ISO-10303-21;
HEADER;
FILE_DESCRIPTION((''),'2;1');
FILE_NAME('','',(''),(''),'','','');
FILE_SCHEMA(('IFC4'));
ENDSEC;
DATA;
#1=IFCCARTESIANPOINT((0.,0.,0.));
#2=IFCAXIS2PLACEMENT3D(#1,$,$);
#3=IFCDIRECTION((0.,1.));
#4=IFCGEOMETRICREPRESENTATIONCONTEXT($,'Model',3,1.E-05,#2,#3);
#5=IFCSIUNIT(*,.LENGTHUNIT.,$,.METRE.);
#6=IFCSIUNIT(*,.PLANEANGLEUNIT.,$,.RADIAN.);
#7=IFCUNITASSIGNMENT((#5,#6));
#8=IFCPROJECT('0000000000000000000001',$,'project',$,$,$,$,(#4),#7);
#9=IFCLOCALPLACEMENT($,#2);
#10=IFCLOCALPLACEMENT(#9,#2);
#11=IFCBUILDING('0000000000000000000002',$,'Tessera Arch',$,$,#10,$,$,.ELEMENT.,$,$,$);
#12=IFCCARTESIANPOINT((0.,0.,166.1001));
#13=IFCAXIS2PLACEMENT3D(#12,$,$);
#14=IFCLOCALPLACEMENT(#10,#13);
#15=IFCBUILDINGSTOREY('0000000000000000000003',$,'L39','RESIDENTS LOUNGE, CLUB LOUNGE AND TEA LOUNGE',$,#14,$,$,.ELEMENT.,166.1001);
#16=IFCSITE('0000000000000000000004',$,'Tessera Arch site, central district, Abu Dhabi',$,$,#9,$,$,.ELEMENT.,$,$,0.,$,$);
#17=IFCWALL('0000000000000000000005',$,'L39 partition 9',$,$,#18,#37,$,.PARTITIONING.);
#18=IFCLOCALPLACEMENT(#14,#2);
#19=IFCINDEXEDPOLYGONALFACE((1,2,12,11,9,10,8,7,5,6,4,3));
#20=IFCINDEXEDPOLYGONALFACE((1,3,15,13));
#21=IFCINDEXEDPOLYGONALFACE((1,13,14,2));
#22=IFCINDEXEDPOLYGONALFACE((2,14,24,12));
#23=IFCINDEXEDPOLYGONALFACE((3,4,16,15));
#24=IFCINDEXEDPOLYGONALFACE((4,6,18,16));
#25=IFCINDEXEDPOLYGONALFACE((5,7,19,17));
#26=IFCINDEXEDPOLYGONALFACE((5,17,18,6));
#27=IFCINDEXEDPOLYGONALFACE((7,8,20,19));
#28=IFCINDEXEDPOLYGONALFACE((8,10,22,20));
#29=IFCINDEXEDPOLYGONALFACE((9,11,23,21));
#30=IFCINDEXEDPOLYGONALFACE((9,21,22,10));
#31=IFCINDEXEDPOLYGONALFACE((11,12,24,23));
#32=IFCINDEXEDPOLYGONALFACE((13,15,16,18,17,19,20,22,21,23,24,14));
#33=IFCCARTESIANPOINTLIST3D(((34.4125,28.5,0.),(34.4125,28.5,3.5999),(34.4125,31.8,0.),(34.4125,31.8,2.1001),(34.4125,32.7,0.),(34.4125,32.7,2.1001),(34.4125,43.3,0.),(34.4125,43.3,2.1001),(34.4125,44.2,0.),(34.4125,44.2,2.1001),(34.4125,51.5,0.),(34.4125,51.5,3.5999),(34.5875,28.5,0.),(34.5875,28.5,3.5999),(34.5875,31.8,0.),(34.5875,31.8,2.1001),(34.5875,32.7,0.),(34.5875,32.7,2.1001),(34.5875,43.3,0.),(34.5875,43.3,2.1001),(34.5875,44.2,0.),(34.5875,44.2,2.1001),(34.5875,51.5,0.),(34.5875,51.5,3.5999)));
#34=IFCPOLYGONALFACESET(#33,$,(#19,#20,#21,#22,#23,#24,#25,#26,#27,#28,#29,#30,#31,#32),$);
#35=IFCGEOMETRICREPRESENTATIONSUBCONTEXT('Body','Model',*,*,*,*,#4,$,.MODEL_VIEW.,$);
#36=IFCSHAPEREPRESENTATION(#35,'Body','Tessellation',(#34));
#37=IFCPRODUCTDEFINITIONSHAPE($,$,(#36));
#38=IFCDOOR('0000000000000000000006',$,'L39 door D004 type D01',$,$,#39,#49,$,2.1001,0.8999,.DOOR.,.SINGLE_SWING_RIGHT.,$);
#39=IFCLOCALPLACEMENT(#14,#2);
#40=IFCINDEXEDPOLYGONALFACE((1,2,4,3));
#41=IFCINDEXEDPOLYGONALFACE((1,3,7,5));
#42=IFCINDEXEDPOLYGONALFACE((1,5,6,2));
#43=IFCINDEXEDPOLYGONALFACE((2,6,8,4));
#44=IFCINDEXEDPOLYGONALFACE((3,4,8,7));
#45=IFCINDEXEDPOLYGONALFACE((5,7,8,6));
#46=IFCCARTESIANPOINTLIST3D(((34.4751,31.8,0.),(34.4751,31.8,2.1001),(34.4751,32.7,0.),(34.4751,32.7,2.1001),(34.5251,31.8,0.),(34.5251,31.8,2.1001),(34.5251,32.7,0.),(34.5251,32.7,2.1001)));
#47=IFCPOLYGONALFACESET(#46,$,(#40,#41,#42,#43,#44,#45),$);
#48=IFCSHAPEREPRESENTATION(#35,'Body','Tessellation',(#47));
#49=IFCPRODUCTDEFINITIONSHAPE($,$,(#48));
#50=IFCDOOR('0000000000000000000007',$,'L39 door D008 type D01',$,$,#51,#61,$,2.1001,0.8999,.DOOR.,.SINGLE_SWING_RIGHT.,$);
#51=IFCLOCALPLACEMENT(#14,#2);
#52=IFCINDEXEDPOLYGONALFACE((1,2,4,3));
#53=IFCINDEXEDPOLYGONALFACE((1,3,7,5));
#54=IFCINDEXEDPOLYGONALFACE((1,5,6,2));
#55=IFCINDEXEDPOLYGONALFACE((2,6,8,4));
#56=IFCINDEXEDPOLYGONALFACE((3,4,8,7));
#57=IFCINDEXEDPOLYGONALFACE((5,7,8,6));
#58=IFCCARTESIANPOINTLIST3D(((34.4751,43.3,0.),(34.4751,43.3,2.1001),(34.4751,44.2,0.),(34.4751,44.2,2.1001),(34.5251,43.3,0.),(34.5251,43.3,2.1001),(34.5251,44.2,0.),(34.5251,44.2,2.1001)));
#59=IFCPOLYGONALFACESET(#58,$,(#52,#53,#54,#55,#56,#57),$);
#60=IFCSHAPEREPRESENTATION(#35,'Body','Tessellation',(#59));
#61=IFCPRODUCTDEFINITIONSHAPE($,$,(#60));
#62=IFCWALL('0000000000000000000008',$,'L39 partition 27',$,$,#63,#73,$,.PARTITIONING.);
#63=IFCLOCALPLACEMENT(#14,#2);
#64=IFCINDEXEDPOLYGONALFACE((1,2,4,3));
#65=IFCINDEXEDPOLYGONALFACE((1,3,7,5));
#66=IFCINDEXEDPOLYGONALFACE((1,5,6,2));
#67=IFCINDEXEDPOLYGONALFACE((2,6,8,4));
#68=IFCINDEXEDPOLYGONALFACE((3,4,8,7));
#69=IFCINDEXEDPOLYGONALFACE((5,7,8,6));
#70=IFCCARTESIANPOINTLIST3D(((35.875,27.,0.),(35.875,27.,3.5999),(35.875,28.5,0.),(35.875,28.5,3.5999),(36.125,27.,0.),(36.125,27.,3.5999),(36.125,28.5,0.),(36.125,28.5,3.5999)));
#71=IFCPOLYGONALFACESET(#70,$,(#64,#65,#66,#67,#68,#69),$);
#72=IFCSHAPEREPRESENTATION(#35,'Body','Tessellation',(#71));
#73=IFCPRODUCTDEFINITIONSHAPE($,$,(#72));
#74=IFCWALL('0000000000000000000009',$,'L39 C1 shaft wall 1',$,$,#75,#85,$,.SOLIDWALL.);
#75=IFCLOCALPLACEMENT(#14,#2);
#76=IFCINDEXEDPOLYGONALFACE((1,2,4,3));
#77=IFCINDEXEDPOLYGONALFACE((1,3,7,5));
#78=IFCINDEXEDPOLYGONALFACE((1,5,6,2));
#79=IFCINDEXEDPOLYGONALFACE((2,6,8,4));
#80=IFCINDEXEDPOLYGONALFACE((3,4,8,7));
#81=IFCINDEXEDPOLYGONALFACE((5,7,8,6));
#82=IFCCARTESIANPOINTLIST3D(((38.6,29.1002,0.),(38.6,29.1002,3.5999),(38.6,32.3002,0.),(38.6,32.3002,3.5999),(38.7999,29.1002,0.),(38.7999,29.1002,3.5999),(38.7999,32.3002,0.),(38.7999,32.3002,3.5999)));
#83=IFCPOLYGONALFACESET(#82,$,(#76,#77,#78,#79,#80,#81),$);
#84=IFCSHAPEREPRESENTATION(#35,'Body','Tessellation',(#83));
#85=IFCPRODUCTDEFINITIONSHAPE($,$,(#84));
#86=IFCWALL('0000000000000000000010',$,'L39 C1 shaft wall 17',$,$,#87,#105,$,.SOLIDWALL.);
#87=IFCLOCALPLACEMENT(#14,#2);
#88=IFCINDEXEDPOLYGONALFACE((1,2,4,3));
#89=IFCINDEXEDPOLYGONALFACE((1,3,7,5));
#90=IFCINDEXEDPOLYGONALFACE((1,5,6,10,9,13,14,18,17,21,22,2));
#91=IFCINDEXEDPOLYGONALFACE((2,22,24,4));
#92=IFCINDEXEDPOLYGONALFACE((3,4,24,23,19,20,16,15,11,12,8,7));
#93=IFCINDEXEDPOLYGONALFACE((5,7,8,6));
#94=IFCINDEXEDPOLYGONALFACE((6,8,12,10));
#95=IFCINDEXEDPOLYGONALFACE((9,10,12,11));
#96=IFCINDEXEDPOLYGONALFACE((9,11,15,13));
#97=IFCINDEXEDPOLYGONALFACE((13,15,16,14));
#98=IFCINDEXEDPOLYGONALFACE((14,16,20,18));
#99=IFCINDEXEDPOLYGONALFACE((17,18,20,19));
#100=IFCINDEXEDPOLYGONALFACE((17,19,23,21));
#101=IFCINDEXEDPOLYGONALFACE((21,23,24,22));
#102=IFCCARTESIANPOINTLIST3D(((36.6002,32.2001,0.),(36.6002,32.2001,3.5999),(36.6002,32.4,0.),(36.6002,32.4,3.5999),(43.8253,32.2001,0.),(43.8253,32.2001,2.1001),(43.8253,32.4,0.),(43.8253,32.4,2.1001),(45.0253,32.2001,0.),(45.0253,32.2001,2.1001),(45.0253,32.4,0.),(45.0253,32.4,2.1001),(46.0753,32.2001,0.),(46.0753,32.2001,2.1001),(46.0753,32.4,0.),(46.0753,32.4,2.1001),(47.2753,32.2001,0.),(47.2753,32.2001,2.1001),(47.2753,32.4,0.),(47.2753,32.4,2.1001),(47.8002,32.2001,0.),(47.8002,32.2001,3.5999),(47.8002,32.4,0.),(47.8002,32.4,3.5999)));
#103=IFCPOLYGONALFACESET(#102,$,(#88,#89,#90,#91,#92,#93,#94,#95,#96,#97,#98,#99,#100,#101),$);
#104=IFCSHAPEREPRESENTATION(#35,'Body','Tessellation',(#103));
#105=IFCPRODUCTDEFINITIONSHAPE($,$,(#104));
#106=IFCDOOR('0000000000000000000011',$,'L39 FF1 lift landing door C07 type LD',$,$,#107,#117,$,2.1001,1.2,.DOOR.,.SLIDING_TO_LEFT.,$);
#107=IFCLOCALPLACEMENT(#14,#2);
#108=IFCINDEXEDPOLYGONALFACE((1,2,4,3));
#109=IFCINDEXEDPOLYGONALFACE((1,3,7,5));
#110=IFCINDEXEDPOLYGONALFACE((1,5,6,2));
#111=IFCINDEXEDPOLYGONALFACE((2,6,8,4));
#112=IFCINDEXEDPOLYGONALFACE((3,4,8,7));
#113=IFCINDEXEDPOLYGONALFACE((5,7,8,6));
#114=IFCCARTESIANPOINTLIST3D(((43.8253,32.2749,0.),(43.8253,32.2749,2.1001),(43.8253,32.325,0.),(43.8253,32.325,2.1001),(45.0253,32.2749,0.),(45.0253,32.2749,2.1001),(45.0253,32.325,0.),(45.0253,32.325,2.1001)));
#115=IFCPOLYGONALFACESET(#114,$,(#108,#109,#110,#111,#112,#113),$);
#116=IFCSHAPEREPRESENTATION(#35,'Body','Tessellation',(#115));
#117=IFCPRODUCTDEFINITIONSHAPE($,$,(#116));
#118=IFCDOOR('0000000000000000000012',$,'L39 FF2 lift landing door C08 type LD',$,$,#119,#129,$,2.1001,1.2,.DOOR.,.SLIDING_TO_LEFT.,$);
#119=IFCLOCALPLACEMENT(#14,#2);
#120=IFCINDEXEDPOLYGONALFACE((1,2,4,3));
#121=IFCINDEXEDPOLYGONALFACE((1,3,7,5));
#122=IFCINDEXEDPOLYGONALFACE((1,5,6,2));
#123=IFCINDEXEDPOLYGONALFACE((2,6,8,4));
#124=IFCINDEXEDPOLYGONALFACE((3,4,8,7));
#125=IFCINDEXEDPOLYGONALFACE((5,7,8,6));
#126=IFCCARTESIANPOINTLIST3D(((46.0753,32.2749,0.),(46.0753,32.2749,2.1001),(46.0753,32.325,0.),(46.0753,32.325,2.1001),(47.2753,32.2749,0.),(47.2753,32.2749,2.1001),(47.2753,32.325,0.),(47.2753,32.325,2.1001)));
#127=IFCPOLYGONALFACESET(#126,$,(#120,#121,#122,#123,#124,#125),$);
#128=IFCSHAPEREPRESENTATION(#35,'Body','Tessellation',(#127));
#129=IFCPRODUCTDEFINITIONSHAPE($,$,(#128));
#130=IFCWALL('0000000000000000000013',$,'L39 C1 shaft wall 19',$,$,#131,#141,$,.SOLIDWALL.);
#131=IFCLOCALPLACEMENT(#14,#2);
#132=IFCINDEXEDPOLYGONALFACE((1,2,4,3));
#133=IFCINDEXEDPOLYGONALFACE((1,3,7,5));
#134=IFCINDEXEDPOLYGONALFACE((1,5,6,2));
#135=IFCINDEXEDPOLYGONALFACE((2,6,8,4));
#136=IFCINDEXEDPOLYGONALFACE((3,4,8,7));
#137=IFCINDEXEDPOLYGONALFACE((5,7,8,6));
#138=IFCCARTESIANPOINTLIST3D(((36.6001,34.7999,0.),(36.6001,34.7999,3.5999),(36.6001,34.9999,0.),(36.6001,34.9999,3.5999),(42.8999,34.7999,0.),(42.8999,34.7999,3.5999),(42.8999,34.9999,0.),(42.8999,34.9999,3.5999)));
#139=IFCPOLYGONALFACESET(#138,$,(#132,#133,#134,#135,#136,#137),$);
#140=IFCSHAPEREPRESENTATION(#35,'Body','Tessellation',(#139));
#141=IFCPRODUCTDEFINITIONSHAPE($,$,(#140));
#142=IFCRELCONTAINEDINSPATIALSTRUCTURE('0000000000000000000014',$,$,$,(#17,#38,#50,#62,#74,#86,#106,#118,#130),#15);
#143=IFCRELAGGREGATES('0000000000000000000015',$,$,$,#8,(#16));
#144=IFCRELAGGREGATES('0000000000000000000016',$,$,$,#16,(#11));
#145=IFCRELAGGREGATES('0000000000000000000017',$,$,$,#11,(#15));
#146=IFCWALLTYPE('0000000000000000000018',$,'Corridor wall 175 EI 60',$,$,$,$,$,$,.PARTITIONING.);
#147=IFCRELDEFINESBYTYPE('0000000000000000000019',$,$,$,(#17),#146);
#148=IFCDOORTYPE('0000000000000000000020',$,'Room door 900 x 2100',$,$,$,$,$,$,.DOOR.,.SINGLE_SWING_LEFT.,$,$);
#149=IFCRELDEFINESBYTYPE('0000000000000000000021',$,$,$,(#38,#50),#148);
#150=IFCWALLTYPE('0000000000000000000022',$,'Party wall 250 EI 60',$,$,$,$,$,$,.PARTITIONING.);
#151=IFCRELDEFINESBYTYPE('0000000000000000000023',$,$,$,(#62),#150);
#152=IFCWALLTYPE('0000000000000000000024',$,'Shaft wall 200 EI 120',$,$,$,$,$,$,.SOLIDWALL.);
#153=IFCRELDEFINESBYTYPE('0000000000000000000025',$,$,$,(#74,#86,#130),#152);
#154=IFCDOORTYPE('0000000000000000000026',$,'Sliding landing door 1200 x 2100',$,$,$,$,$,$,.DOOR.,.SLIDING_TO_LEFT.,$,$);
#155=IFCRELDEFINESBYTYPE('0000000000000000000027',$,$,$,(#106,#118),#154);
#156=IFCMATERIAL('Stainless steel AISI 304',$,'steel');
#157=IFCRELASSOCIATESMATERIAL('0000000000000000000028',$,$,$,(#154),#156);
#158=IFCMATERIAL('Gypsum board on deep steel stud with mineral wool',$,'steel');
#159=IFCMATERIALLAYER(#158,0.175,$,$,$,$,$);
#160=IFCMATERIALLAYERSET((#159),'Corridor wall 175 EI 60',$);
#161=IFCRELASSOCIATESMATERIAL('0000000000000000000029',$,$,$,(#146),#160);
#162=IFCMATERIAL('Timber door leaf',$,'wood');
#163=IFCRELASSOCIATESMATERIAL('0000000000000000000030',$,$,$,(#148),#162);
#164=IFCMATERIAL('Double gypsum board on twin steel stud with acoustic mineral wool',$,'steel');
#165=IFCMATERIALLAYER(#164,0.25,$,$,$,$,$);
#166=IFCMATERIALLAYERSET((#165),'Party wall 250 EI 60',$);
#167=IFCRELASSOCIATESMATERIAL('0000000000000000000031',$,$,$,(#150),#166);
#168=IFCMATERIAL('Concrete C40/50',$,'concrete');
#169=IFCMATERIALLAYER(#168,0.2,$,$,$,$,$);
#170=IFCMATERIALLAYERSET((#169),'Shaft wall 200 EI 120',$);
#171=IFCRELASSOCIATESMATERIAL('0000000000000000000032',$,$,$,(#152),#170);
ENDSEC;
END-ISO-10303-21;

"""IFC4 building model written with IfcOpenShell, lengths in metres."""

from ifc_helpers import new_model, si_unit, direction, frame, frame_2d, origin, place, context, subcontext, project, spatial, rectangle, extrude, material, layer, layer_set, type_object, element, fill, save


model = new_model("IFC4")

# Units and contexts
model_context = context("Model", 3, precision=1e-05, world=origin(), true_north=direction((0.0, 1.0)))
body_context = subcontext(model_context, "Body", "Model", "MODEL_VIEW")
ifc_project = project(units=[si_unit("LENGTHUNIT", "METRE"), si_unit("PLANEANGLEUNIT", "RADIAN")], contexts=[model_context])

# Site, building, storey
site_placement = place(None, origin())
site = spatial("IfcSite", under=ifc_project, at=site_placement, Name="Tessera Arch site, central district, Abu Dhabi", CompositionType="ELEMENT", RefElevation=0.0)
building_placement = place(site_placement, origin())
building = spatial("IfcBuilding", under=site, at=building_placement, Name="Tessera Arch", CompositionType="ELEMENT")
storey_placement = place(building_placement, frame((0.0, 0.0, 166.1001)))
storey = spatial("IfcBuildingStorey", under=building, at=storey_placement, Name="L39", Description="RESIDENTS LOUNGE, CLUB LOUNGE AND TEA LOUNGE", CompositionType="ELEMENT", Elevation=166.1001)

# Shared definitions
ifc_material_1 = material(Name="Stainless steel AISI 304", Category="steel")
door_type_1 = type_object("IfcDoorType", Name="Sliding landing door 1200 x 2100", OperationType="SLIDING_TO_LEFT", PredefinedType="DOOR", material=ifc_material_1)

# Shared definitions
ifc_material_2 = material(Name="Gypsum board on deep steel stud with mineral wool", Category="steel")
ifc_layer_1 = layer(ifc_material_2, 0.175)
ifc_layer_set_1 = layer_set([ifc_layer_1], Name="Corridor wall 175 EI 60")
wall_type_1 = type_object("IfcWallType", Name="Corridor wall 175 EI 60", PredefinedType="PARTITIONING", material=ifc_layer_set_1)

# Wall, openings, doors
wall_1_placement = place(storey_placement, frame((34.5, 28.5, 0.0), z_axis=(0.0, 0.0, 1.0), x_axis=(0.0, 1.0, 0.0)))
wall_1 = element("IfcWall", 1, at=wall_1_placement, inside=storey, type_object=wall_type_1, Name="L39 partition 9", PredefinedType="PARTITIONING", context=body_context, shape_type="SweptSolid", body=[
    extrude(rectangle(XDim=23.0, YDim=0.175, at=frame_2d((11.5, 0.0))), origin(), (0.0, 0.0, 1.0), 3.5999),
])
opening_1_placement = place(wall_1_placement, frame((3.3, 0.0, 0.0)))
opening_1 = element("IfcOpeningElement", 2, at=opening_1_placement, cuts=wall_1, PredefinedType="OPENING", context=body_context, shape_type="SweptSolid", body=[
    extrude(rectangle(XDim=0.8999, YDim=2.1001, at=frame_2d((0.45, 1.05))), frame((0.0, 0.0974, 0.0), z_axis=(0.0, -1.0, 0.0), x_axis=(1.0, 0.0, 0.0)), (0.0, 0.0, 1.0), 0.1951),
])
opening_2_placement = place(wall_1_placement, frame((14.8, 0.0, 0.0)))
opening_2 = element("IfcOpeningElement", 3, at=opening_2_placement, cuts=wall_1, PredefinedType="OPENING", context=body_context, shape_type="SweptSolid", body=[
    extrude(rectangle(XDim=0.8999, YDim=2.1001, at=frame_2d((0.45, 1.05))), frame((0.0, 0.0974, 0.0), z_axis=(0.0, -1.0, 0.0), x_axis=(1.0, 0.0, 0.0)), (0.0, 0.0, 1.0), 0.1951),
])
ifc_material_3 = material(Name="Timber door leaf", Category="wood")
door_type_2 = type_object("IfcDoorType", Name="Room door 900 x 2100", OperationType="SINGLE_SWING_LEFT", PredefinedType="DOOR", material=ifc_material_3)
door_1_placement = place(opening_1_placement, origin())
door_1 = element("IfcDoor", 4, at=door_1_placement, inside=storey, type_object=door_type_2, Name="L39 door D004 type D01", OperationType="SINGLE_SWING_RIGHT", OverallHeight=2.1001, OverallWidth=0.8999, PredefinedType="DOOR", context=body_context, shape_type="SweptSolid", body=[
    extrude(rectangle(XDim=0.8999, YDim=2.1001, at=frame_2d((0.45, 1.05))), frame((0.0, 0.0249, 0.0), z_axis=(0.0, -1.0, 0.0), x_axis=(1.0, 0.0, 0.0)), (0.0, 0.0, 1.0), 0.05),
])
fill(opening_1, door_1)
door_2_placement = place(opening_2_placement, origin())
door_2 = element("IfcDoor", 5, at=door_2_placement, inside=storey, type_object=door_type_2, Name="L39 door D008 type D01", OperationType="SINGLE_SWING_RIGHT", OverallHeight=2.1001, OverallWidth=0.8999, PredefinedType="DOOR", context=body_context, shape_type="SweptSolid", body=[
    extrude(rectangle(XDim=0.8999, YDim=2.1001, at=frame_2d((0.45, 1.05))), frame((0.0, 0.0249, 0.0), z_axis=(0.0, -1.0, 0.0), x_axis=(1.0, 0.0, 0.0)), (0.0, 0.0, 1.0), 0.05),
])
fill(opening_2, door_2)

# Walls
ifc_material_4 = material(Name="Double gypsum board on twin steel stud with acoustic mineral wool", Category="steel")
ifc_layer_2 = layer(ifc_material_4, 0.25)
ifc_layer_set_2 = layer_set([ifc_layer_2], Name="Party wall 250 EI 60")
wall_type_2 = type_object("IfcWallType", Name="Party wall 250 EI 60", PredefinedType="PARTITIONING", material=ifc_layer_set_2)
wall_2_placement = place(storey_placement, frame((36.0, 27.0, 0.0), z_axis=(0.0, 0.0, 1.0), x_axis=(0.0, 1.0, 0.0)))
element("IfcWall", 6, at=wall_2_placement, inside=storey, type_object=wall_type_2, Name="L39 partition 27", PredefinedType="PARTITIONING", context=body_context, shape_type="SweptSolid", body=[
    extrude(rectangle(XDim=1.5, YDim=0.25, at=frame_2d((0.75, 0.0))), origin(), (0.0, 0.0, 1.0), 3.5999),
])
ifc_material_5 = material(Name="Concrete C40/50", Category="concrete")
ifc_layer_3 = layer(ifc_material_5, 0.2)
ifc_layer_set_3 = layer_set([ifc_layer_3], Name="Shaft wall 200 EI 120")
wall_type_3 = type_object("IfcWallType", Name="Shaft wall 200 EI 120", PredefinedType="SOLIDWALL", material=ifc_layer_set_3)
wall_3_placement = place(storey_placement, frame((38.7, 29.1001, 0.0), z_axis=(0.0, 0.0, 1.0), x_axis=(0.0, 1.0, 0.0)))
element("IfcWall", 7, at=wall_3_placement, inside=storey, type_object=wall_type_3, Name="L39 C1 shaft wall 1", PredefinedType="SOLIDWALL", context=body_context, shape_type="SweptSolid", body=[
    extrude(rectangle(XDim=3.2, YDim=0.2, at=frame_2d((1.6001, 0.0))), origin(), (0.0, 0.0, 1.0), 3.5999),
])

# Wall, openings, doors
wall_4_placement = place(storey_placement, frame((36.6001, 32.3, 0.0), z_axis=(0.0, 0.0, 1.0), x_axis=(1.0, 0.0, 0.0)))
wall_4 = element("IfcWall", 8, at=wall_4_placement, inside=storey, type_object=wall_type_3, Name="L39 C1 shaft wall 17", PredefinedType="SOLIDWALL", context=body_context, shape_type="SweptSolid", body=[
    extrude(rectangle(XDim=11.2, YDim=0.2, at=frame_2d((5.6001, 0.0))), origin(), (0.0, 0.0, 1.0), 3.5999),
])
opening_3_placement = place(wall_4_placement, frame((7.2251, 0.0, 0.0)))
opening_3 = element("IfcOpeningElement", 9, at=opening_3_placement, cuts=wall_4, PredefinedType="OPENING", context=body_context, shape_type="SweptSolid", body=[
    extrude(rectangle(XDim=1.2, YDim=2.1001, at=frame_2d((0.6001, 1.05))), frame((0.0, 0.1099, 0.0), z_axis=(0.0, -1.0, 0.0), x_axis=(1.0, 0.0, 0.0)), (0.0, 0.0, 1.0), 0.22),
])
opening_4_placement = place(wall_4_placement, frame((9.4751, 0.0, 0.0)))
opening_4 = element("IfcOpeningElement", 10, at=opening_4_placement, cuts=wall_4, PredefinedType="OPENING", context=body_context, shape_type="SweptSolid", body=[
    extrude(rectangle(XDim=1.2, YDim=2.1001, at=frame_2d((0.6001, 1.05))), frame((0.0, 0.1099, 0.0), z_axis=(0.0, -1.0, 0.0), x_axis=(1.0, 0.0, 0.0)), (0.0, 0.0, 1.0), 0.22),
])
door_3_placement = place(opening_3_placement, origin())
door_3 = element("IfcDoor", 11, at=door_3_placement, inside=storey, type_object=door_type_1, Name="L39 FF1 lift landing door C07 type LD", OperationType="SLIDING_TO_LEFT", OverallHeight=2.1001, OverallWidth=1.2, PredefinedType="DOOR", context=body_context, shape_type="SweptSolid", body=[
    extrude(rectangle(XDim=1.2, YDim=2.1001, at=frame_2d((0.6001, 1.05))), frame((0.0, 0.0249, 0.0), z_axis=(0.0, -1.0, 0.0), x_axis=(1.0, 0.0, 0.0)), (0.0, 0.0, 1.0), 0.05),
])
fill(opening_3, door_3)
door_4_placement = place(opening_4_placement, origin())
door_4 = element("IfcDoor", 12, at=door_4_placement, inside=storey, type_object=door_type_1, Name="L39 FF2 lift landing door C08 type LD", OperationType="SLIDING_TO_LEFT", OverallHeight=2.1001, OverallWidth=1.2, PredefinedType="DOOR", context=body_context, shape_type="SweptSolid", body=[
    extrude(rectangle(XDim=1.2, YDim=2.1001, at=frame_2d((0.6001, 1.05))), frame((0.0, 0.0249, 0.0), z_axis=(0.0, -1.0, 0.0), x_axis=(1.0, 0.0, 0.0)), (0.0, 0.0, 1.0), 0.05),
])
fill(opening_4, door_4)

# Wall
wall_5_placement = place(storey_placement, frame((36.6001, 34.8999, 0.0), z_axis=(0.0, 0.0, 1.0), x_axis=(1.0, 0.0, 0.0)))
element("IfcWall", 13, at=wall_5_placement, inside=storey, type_object=wall_type_3, Name="L39 C1 shaft wall 19", PredefinedType="SOLIDWALL", context=body_context, shape_type="SweptSolid", body=[
    extrude(rectangle(XDim=6.2998, YDim=0.2, at=frame_2d((3.1499, 0.0))), origin(), (0.0, 0.0, 1.0), 3.5999),
])

save(model, "model.ifc")
